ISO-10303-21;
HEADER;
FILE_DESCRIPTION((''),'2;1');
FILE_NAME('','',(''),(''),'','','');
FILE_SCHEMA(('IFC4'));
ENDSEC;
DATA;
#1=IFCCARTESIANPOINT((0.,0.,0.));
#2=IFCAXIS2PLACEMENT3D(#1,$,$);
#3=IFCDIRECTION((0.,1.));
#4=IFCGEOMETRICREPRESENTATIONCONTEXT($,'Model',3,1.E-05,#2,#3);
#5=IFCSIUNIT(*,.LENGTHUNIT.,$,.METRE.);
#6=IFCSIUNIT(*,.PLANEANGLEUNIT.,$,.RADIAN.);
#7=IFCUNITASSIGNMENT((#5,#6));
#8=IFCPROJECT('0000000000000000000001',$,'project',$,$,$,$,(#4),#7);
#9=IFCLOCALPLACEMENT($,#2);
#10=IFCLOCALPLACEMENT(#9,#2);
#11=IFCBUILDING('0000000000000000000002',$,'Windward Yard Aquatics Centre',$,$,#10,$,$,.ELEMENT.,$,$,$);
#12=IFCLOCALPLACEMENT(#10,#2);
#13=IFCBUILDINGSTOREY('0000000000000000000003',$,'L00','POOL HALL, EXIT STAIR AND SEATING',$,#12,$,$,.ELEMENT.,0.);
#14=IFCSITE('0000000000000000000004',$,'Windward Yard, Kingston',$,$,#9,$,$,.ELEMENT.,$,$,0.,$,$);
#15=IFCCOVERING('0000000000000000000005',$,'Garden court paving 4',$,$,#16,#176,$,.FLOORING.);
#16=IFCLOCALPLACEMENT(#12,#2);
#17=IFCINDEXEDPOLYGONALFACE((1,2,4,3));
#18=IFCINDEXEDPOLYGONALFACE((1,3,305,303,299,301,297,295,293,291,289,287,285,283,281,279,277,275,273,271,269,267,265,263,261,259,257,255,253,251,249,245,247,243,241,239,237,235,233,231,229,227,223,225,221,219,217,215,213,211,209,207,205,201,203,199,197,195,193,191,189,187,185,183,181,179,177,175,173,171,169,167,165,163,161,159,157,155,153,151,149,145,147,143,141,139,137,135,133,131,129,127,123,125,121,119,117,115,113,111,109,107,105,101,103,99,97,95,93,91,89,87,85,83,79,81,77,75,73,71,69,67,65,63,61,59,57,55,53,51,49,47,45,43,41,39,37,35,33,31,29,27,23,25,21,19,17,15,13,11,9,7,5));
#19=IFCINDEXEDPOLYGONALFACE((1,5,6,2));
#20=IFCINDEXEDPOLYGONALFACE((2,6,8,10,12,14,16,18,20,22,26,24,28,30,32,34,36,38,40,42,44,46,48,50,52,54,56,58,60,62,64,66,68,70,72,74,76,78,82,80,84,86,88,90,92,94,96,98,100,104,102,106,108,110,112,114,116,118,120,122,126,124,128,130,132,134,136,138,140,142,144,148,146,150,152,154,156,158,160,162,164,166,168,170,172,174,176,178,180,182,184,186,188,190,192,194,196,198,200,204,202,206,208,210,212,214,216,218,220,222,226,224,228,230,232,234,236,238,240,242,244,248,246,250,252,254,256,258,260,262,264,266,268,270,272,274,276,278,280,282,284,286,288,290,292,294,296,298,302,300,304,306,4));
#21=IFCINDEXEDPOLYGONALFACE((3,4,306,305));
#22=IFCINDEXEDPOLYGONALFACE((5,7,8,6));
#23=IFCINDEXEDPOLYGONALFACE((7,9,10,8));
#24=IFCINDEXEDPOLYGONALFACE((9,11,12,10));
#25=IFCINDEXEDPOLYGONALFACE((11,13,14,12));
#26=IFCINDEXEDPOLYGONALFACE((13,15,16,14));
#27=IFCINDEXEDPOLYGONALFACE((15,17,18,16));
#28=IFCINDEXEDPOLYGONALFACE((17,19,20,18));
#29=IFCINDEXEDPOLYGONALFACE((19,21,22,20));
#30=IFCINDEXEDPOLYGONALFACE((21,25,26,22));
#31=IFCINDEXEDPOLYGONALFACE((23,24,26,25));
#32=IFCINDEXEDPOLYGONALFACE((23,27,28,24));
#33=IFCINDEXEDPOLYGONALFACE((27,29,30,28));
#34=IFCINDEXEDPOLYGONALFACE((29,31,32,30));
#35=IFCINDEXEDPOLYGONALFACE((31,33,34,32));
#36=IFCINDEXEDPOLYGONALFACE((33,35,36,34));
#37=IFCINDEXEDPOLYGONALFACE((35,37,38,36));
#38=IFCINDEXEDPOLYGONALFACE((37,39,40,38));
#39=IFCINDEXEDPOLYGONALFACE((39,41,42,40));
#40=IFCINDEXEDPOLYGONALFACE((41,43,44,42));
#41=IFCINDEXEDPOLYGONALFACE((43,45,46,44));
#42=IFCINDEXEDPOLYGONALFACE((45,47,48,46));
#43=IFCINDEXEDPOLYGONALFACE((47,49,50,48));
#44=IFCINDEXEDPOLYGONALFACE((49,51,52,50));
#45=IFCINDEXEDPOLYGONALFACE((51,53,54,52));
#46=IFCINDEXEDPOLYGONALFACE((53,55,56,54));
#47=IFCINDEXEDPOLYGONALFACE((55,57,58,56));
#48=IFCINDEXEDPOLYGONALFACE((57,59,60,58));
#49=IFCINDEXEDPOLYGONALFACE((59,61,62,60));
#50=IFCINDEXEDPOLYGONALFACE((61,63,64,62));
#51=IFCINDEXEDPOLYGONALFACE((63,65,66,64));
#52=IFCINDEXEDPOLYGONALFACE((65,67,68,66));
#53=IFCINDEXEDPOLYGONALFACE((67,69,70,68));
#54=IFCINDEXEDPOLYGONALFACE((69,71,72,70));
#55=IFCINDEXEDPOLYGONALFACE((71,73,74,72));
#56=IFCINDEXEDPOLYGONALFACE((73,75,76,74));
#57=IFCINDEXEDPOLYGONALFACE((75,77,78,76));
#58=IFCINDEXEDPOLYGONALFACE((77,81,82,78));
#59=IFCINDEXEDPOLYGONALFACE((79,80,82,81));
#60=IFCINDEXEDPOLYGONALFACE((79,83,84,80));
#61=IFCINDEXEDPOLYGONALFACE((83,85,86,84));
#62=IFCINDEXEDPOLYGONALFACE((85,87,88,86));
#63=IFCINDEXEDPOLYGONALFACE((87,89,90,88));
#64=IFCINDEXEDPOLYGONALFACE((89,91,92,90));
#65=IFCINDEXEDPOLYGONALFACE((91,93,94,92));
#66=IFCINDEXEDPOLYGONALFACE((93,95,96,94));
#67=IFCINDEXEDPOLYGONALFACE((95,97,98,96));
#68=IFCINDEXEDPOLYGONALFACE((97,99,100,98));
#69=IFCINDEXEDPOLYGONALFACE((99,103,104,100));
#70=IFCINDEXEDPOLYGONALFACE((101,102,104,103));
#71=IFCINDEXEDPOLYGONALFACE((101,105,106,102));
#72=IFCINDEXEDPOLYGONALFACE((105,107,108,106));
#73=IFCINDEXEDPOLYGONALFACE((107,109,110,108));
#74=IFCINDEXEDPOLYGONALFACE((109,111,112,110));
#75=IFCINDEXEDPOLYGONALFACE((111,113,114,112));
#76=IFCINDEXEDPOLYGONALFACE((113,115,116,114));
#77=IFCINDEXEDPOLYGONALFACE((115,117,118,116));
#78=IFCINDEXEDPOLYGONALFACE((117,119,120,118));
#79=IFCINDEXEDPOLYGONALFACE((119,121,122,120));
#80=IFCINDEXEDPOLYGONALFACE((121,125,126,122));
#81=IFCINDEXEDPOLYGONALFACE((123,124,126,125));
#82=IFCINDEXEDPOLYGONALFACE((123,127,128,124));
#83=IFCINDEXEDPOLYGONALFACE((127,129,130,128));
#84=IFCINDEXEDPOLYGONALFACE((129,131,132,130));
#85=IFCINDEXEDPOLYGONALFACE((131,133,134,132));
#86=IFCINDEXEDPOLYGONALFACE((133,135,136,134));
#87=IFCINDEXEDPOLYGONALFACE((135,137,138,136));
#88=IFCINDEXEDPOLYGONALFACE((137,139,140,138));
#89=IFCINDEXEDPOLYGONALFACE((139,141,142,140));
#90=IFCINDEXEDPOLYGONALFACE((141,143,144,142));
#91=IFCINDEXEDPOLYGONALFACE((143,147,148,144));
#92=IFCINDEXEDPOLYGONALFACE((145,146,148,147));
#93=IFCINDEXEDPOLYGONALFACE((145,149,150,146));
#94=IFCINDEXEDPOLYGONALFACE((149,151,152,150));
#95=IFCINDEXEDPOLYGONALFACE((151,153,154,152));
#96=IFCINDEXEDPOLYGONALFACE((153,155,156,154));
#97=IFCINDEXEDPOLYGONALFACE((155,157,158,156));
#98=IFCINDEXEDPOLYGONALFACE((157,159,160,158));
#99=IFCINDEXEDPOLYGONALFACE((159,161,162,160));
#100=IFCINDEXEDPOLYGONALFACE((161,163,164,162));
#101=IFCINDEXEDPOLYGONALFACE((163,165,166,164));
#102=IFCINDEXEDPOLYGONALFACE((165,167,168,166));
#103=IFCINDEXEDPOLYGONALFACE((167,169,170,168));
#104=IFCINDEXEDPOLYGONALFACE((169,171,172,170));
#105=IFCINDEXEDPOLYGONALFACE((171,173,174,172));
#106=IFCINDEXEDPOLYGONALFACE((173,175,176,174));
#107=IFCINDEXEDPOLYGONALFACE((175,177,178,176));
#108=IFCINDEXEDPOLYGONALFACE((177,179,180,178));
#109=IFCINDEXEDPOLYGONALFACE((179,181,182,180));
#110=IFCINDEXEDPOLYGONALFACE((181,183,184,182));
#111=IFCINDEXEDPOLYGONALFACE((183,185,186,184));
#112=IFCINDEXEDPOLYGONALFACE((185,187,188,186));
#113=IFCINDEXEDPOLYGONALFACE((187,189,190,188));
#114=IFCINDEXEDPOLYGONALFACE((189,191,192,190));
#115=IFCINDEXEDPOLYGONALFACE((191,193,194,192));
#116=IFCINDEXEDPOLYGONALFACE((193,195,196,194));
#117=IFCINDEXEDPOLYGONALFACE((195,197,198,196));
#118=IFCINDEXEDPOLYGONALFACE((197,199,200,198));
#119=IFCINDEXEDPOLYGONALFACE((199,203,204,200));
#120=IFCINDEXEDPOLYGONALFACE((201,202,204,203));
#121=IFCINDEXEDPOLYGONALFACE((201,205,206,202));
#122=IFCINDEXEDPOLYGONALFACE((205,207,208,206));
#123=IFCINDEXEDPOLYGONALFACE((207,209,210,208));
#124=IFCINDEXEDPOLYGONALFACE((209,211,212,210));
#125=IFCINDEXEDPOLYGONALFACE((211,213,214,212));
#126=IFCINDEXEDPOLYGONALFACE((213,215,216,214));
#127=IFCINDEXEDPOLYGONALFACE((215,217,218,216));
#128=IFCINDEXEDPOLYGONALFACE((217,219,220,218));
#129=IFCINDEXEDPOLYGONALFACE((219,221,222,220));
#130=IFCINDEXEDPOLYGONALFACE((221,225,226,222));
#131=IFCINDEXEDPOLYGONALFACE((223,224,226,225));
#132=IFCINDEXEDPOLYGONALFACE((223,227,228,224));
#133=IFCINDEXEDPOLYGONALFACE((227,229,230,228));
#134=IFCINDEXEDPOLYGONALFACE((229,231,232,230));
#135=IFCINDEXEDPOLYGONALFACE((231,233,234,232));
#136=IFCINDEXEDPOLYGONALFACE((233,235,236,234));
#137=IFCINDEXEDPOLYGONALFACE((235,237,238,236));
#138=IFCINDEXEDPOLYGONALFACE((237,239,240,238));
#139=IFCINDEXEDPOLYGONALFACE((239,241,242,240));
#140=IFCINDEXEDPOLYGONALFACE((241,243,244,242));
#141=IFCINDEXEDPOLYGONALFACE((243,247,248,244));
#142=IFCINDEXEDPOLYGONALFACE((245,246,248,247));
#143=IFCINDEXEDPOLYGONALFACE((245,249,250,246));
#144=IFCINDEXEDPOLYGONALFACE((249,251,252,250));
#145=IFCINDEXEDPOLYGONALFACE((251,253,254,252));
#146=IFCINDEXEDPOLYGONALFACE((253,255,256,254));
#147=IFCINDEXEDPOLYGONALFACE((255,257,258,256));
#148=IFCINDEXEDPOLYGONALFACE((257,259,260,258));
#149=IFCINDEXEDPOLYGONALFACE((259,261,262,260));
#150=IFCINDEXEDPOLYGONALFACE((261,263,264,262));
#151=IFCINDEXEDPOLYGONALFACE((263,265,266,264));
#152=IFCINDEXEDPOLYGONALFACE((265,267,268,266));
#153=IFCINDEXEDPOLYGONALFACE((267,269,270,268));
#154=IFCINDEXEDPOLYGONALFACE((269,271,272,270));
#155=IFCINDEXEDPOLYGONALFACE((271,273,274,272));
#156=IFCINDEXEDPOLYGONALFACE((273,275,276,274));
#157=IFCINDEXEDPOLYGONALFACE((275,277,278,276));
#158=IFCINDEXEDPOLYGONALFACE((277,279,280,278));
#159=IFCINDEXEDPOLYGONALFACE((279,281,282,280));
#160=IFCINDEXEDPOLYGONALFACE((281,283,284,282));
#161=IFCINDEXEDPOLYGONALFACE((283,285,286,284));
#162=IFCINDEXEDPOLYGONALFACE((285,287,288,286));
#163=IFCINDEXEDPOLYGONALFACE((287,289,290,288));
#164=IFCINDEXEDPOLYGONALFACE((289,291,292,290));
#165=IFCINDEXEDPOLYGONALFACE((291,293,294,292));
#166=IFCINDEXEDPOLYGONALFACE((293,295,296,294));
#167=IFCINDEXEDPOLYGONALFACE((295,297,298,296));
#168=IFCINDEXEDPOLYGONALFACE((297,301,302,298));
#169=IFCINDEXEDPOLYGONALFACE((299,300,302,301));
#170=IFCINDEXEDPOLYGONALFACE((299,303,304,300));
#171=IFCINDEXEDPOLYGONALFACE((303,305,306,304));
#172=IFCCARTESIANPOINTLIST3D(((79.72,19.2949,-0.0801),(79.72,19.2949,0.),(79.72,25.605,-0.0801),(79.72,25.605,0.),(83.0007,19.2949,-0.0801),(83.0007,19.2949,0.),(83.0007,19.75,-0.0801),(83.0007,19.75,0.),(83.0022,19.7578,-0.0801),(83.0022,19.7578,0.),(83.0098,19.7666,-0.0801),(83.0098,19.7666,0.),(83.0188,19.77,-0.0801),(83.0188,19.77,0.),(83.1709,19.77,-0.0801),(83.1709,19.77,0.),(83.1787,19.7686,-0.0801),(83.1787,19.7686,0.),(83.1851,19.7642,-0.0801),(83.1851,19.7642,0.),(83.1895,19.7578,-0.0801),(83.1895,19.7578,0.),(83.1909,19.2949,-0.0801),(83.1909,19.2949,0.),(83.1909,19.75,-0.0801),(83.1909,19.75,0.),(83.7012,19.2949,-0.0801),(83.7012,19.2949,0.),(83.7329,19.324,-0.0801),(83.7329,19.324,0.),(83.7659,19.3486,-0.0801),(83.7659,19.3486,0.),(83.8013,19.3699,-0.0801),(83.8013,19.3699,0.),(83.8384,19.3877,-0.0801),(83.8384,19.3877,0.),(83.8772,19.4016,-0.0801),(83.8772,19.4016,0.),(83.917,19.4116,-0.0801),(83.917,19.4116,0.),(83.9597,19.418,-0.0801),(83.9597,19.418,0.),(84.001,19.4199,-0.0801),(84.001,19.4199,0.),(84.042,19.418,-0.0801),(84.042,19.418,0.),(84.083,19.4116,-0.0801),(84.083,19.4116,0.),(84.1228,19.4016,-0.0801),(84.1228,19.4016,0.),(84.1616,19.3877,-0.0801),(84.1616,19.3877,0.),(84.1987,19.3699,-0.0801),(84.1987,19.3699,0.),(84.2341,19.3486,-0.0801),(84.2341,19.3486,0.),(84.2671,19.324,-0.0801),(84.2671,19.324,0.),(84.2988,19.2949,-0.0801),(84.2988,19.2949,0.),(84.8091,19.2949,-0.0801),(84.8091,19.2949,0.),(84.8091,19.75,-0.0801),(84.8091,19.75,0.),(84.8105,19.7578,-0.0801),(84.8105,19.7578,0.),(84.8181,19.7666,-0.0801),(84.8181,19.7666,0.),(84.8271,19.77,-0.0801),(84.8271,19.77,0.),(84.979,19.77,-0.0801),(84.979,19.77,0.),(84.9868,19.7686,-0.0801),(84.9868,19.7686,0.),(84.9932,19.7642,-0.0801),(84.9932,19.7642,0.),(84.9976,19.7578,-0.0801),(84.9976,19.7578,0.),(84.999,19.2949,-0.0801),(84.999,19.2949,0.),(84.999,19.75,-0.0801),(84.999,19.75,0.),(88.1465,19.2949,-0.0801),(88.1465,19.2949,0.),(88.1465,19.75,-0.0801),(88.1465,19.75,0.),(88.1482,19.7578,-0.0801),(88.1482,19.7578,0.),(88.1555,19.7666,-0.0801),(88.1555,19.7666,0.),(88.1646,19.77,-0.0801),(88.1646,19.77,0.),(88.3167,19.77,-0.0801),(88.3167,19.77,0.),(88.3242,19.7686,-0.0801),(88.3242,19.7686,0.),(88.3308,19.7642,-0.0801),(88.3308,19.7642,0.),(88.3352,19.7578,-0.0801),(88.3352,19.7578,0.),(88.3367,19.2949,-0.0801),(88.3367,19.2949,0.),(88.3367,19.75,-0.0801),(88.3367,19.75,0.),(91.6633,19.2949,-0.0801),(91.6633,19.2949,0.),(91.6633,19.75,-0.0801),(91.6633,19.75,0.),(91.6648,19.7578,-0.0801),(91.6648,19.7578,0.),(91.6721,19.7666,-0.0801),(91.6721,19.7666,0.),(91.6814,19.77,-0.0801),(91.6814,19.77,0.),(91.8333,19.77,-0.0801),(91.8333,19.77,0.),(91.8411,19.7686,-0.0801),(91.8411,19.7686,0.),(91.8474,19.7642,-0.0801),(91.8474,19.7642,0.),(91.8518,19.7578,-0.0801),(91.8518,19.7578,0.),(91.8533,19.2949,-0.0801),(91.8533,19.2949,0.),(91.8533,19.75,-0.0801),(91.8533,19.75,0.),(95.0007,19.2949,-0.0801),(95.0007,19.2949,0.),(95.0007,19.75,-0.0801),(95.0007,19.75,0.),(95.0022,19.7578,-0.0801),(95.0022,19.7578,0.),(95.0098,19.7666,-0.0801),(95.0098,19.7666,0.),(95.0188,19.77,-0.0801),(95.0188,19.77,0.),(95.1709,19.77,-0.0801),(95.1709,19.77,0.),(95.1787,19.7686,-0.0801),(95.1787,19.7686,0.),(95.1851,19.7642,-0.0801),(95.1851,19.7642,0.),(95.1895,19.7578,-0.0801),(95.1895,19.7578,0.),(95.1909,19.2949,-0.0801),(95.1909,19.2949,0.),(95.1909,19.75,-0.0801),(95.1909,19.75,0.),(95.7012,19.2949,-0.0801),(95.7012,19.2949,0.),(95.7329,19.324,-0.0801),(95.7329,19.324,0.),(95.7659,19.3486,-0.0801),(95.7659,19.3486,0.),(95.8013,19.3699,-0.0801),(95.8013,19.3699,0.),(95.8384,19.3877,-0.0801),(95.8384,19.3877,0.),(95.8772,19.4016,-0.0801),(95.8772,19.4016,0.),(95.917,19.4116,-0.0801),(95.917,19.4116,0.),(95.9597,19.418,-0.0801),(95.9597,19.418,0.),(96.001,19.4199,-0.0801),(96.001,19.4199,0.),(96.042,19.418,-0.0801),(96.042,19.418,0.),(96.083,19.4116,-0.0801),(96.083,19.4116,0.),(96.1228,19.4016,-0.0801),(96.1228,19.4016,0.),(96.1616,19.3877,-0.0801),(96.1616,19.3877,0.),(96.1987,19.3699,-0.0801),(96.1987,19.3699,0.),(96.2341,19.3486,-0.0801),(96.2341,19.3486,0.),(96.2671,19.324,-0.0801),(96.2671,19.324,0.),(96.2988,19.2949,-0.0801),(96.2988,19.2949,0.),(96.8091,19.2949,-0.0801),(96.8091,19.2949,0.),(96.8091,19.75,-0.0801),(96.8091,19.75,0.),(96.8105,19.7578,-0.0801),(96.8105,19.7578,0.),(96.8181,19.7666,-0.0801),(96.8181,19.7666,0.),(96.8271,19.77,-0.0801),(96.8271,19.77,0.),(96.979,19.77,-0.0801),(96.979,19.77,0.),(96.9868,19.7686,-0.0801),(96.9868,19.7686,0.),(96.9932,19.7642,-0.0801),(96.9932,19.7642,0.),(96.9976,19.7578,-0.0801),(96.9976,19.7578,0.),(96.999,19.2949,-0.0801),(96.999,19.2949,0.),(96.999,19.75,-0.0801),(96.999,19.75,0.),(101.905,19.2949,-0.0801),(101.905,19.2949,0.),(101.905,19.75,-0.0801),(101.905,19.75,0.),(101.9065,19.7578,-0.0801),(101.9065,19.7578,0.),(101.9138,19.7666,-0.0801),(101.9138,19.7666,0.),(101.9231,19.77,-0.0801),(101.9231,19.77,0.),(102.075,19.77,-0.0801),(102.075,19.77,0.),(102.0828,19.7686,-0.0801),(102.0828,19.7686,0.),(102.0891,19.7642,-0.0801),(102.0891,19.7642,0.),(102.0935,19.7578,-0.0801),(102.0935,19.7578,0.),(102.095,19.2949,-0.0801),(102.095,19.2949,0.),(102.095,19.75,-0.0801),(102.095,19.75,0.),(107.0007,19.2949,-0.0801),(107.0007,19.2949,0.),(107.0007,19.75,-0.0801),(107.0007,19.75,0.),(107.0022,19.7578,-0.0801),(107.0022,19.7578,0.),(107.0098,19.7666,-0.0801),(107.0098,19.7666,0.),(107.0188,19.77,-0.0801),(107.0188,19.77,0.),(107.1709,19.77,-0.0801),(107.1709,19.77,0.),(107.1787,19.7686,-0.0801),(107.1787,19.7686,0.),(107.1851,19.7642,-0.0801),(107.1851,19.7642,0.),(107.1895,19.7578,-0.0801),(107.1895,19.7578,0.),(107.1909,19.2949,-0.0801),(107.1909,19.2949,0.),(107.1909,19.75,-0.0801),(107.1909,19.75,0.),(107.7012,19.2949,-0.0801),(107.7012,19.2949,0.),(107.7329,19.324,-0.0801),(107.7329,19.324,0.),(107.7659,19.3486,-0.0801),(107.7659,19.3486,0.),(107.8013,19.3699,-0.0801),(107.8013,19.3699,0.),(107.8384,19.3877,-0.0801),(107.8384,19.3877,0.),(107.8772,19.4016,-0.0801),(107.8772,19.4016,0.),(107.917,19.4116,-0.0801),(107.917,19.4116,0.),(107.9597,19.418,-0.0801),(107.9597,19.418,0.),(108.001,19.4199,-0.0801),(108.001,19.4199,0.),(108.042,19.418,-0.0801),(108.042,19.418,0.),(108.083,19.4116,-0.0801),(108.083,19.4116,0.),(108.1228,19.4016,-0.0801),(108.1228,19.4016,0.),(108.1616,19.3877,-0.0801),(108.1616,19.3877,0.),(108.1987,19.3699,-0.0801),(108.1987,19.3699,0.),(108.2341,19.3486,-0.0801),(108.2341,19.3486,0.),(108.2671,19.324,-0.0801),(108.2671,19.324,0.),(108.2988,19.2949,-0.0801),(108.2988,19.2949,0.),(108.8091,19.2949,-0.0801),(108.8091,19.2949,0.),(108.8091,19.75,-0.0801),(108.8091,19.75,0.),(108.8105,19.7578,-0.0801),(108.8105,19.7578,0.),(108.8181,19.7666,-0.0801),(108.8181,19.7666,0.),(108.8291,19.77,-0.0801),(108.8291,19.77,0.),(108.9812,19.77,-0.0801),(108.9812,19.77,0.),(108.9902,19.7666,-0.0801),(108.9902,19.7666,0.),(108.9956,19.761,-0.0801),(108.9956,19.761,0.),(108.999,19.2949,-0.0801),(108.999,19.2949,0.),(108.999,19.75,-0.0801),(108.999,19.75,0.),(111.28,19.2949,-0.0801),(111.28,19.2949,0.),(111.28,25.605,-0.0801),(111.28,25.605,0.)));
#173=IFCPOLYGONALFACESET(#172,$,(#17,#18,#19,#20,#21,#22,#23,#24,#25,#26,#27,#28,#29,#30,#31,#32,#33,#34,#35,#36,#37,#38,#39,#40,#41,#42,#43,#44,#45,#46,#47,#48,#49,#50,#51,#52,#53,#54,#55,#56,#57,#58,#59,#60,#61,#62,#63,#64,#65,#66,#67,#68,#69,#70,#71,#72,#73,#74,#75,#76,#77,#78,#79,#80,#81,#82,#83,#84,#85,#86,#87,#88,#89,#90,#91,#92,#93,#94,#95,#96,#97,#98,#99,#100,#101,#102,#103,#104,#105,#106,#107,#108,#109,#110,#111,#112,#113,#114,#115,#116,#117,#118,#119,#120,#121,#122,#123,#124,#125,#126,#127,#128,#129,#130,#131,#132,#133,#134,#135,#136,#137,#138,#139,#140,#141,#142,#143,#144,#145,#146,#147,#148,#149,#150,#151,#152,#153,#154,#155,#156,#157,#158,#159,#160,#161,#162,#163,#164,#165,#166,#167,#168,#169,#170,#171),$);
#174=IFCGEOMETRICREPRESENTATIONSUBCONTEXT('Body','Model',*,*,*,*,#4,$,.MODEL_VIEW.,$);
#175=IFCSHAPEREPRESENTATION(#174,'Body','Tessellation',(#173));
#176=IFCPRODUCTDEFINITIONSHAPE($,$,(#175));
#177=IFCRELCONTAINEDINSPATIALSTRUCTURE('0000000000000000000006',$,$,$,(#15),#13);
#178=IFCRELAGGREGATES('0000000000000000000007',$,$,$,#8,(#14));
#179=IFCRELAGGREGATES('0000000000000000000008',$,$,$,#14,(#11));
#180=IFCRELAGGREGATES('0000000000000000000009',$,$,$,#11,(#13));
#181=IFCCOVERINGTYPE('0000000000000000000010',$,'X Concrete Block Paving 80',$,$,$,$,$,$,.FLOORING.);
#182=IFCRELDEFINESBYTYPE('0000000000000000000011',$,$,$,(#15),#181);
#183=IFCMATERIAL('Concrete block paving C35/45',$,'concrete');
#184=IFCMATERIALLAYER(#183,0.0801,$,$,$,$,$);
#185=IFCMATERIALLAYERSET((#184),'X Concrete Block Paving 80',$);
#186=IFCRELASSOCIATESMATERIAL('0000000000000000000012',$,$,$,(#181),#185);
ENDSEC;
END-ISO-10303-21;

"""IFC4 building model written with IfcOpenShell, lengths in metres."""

from ifc_helpers import new_model, si_unit, direction, frame, origin, place, context, subcontext, project, spatial, polyline, outline, extrude, material, layer, layer_set, type_object, element, save


model = new_model("IFC4")

# Units and contexts
model_context = context("Model", 3, precision=1e-05, world=origin(), true_north=direction((0.0, 1.0)))
body_context = subcontext(model_context, "Body", "Model", "MODEL_VIEW")
ifc_project = project(units=[si_unit("LENGTHUNIT", "METRE"), si_unit("PLANEANGLEUNIT", "RADIAN")], contexts=[model_context])

# Site, building, storey
site_placement = place(None, origin())
site = spatial("IfcSite", under=ifc_project, at=site_placement, Name="Windward Yard, Kingston", CompositionType="ELEMENT", RefElevation=0.0)
building_placement = place(site_placement, origin())
building = spatial("IfcBuilding", under=site, at=building_placement, Name="Windward Yard Aquatics Centre", CompositionType="ELEMENT")
storey_placement = place(building_placement, origin())
storey = spatial("IfcBuildingStorey", under=building, at=storey_placement, Name="L00", Description="POOL HALL, EXIT STAIR AND SEATING", CompositionType="ELEMENT", Elevation=0.0)

# Covering
ifc_material_1 = material(Name="Concrete block paving C35/45", Category="concrete")
ifc_layer_1 = layer(ifc_material_1, 0.0801)
ifc_layer_set_1 = layer_set([ifc_layer_1], Name="X Concrete Block Paving 80")
covering_type_1 = type_object("IfcCoveringType", Name="X Concrete Block Paving 80", PredefinedType="FLOORING", material=ifc_layer_set_1)
covering_1_placement = place(storey_placement, frame((0.0, 0.0, -0.0801)))
element("IfcCovering", 1, at=covering_1_placement, inside=storey, type_object=covering_type_1, Name="Garden court paving 4", PredefinedType="FLOORING", context=body_context, shape_type="SweptSolid", body=[
    extrude(outline(polyline([(79.72, 19.2949), (83.0007, 19.2949), (83.0007, 19.75), (83.0022, 19.7578), (83.0098, 19.7666), (83.0188, 19.77), (83.1709, 19.77), (83.1787, 19.7686), (83.1851, 19.7642), (83.1895, 19.7578), (83.1909, 19.75), (83.1909, 19.2949), (83.7012, 19.2949), (83.7329, 19.324), (83.7659, 19.3486), (83.8013, 19.3699), (83.8384, 19.3877), (83.8772, 19.4016), (83.917, 19.4116), (83.9597, 19.418), (84.001, 19.4199), (84.042, 19.418), (84.083, 19.4116), (84.1228, 19.4016), (84.1616, 19.3877), (84.1987, 19.3699), (84.2341, 19.3486), (84.2671, 19.324), (84.2988, 19.2949), (84.8091, 19.2949), (84.8091, 19.75), (84.8105, 19.7578), (84.8181, 19.7666), (84.8271, 19.77), (84.979, 19.77), (84.9868, 19.7686), (84.9932, 19.7642), (84.9976, 19.7578), (84.999, 19.75), (84.999, 19.2949), (88.1465, 19.2949), (88.1465, 19.75), (88.1482, 19.7578), (88.1555, 19.7666), (88.1646, 19.77), (88.3167, 19.77), (88.3242, 19.7686), (88.3308, 19.7642), (88.3352, 19.7578), (88.3367, 19.75), (88.3367, 19.2949), (91.6633, 19.2949), (91.6633, 19.75), (91.6648, 19.7578), (91.6721, 19.7666), (91.6814, 19.77), (91.8333, 19.77), (91.8411, 19.7686), (91.8474, 19.7642), (91.8518, 19.7578), (91.8533, 19.75), (91.8533, 19.2949), (95.0007, 19.2949), (95.0007, 19.75), (95.0022, 19.7578), (95.0098, 19.7666), (95.0188, 19.77), (95.1709, 19.77), (95.1787, 19.7686), (95.1851, 19.7642), (95.1895, 19.7578), (95.1909, 19.75), (95.1909, 19.2949), (95.7012, 19.2949), (95.7329, 19.324), (95.7659, 19.3486), (95.8013, 19.3699), (95.8384, 19.3877), (95.8772, 19.4016), (95.917, 19.4116), (95.9597, 19.418), (96.001, 19.4199), (96.042, 19.418), (96.083, 19.4116), (96.1228, 19.4016), (96.1616, 19.3877), (96.1987, 19.3699), (96.2341, 19.3486), (96.2671, 19.324), (96.2988, 19.2949), (96.8091, 19.2949), (96.8091, 19.75), (96.8105, 19.7578), (96.8181, 19.7666), (96.8271, 19.77), (96.979, 19.77), (96.9868, 19.7686), (96.9932, 19.7642), (96.9976, 19.7578), (96.999, 19.75), (96.999, 19.2949), (101.905, 19.2949), (101.905, 19.75), (101.9065, 19.7578), (101.9138, 19.7666), (101.9231, 19.77), (102.075, 19.77), (102.0828, 19.7686), (102.0891, 19.7642), (102.0935, 19.7578), (102.095, 19.75), (102.095, 19.2949), (107.0007, 19.2949), (107.0007, 19.75), (107.0022, 19.7578), (107.0098, 19.7666), (107.0188, 19.77), (107.1709, 19.77), (107.1787, 19.7686), (107.1851, 19.7642), (107.1895, 19.7578), (107.1909, 19.75), (107.1909, 19.2949), (107.7012, 19.2949), (107.7329, 19.324), (107.7659, 19.3486), (107.8013, 19.3699), (107.8384, 19.3877), (107.8772, 19.4016), (107.917, 19.4116), (107.9597, 19.418), (108.001, 19.4199), (108.042, 19.418), (108.083, 19.4116), (108.1228, 19.4016), (108.1616, 19.3877), (108.1987, 19.3699), (108.2341, 19.3486), (108.2671, 19.324), (108.2988, 19.2949), (108.8091, 19.2949), (108.8091, 19.75), (108.8105, 19.7578), (108.8181, 19.7666), (108.8291, 19.77), (108.9812, 19.77), (108.9902, 19.7666), (108.9956, 19.761), (108.999, 19.75), (108.999, 19.2949), (111.28, 19.2949), (111.28, 25.605), (79.72, 25.605), (79.72, 19.2949)])), origin(), (0.0, 0.0, 1.0), 0.0801),
])

save(model, "model.ifc")
